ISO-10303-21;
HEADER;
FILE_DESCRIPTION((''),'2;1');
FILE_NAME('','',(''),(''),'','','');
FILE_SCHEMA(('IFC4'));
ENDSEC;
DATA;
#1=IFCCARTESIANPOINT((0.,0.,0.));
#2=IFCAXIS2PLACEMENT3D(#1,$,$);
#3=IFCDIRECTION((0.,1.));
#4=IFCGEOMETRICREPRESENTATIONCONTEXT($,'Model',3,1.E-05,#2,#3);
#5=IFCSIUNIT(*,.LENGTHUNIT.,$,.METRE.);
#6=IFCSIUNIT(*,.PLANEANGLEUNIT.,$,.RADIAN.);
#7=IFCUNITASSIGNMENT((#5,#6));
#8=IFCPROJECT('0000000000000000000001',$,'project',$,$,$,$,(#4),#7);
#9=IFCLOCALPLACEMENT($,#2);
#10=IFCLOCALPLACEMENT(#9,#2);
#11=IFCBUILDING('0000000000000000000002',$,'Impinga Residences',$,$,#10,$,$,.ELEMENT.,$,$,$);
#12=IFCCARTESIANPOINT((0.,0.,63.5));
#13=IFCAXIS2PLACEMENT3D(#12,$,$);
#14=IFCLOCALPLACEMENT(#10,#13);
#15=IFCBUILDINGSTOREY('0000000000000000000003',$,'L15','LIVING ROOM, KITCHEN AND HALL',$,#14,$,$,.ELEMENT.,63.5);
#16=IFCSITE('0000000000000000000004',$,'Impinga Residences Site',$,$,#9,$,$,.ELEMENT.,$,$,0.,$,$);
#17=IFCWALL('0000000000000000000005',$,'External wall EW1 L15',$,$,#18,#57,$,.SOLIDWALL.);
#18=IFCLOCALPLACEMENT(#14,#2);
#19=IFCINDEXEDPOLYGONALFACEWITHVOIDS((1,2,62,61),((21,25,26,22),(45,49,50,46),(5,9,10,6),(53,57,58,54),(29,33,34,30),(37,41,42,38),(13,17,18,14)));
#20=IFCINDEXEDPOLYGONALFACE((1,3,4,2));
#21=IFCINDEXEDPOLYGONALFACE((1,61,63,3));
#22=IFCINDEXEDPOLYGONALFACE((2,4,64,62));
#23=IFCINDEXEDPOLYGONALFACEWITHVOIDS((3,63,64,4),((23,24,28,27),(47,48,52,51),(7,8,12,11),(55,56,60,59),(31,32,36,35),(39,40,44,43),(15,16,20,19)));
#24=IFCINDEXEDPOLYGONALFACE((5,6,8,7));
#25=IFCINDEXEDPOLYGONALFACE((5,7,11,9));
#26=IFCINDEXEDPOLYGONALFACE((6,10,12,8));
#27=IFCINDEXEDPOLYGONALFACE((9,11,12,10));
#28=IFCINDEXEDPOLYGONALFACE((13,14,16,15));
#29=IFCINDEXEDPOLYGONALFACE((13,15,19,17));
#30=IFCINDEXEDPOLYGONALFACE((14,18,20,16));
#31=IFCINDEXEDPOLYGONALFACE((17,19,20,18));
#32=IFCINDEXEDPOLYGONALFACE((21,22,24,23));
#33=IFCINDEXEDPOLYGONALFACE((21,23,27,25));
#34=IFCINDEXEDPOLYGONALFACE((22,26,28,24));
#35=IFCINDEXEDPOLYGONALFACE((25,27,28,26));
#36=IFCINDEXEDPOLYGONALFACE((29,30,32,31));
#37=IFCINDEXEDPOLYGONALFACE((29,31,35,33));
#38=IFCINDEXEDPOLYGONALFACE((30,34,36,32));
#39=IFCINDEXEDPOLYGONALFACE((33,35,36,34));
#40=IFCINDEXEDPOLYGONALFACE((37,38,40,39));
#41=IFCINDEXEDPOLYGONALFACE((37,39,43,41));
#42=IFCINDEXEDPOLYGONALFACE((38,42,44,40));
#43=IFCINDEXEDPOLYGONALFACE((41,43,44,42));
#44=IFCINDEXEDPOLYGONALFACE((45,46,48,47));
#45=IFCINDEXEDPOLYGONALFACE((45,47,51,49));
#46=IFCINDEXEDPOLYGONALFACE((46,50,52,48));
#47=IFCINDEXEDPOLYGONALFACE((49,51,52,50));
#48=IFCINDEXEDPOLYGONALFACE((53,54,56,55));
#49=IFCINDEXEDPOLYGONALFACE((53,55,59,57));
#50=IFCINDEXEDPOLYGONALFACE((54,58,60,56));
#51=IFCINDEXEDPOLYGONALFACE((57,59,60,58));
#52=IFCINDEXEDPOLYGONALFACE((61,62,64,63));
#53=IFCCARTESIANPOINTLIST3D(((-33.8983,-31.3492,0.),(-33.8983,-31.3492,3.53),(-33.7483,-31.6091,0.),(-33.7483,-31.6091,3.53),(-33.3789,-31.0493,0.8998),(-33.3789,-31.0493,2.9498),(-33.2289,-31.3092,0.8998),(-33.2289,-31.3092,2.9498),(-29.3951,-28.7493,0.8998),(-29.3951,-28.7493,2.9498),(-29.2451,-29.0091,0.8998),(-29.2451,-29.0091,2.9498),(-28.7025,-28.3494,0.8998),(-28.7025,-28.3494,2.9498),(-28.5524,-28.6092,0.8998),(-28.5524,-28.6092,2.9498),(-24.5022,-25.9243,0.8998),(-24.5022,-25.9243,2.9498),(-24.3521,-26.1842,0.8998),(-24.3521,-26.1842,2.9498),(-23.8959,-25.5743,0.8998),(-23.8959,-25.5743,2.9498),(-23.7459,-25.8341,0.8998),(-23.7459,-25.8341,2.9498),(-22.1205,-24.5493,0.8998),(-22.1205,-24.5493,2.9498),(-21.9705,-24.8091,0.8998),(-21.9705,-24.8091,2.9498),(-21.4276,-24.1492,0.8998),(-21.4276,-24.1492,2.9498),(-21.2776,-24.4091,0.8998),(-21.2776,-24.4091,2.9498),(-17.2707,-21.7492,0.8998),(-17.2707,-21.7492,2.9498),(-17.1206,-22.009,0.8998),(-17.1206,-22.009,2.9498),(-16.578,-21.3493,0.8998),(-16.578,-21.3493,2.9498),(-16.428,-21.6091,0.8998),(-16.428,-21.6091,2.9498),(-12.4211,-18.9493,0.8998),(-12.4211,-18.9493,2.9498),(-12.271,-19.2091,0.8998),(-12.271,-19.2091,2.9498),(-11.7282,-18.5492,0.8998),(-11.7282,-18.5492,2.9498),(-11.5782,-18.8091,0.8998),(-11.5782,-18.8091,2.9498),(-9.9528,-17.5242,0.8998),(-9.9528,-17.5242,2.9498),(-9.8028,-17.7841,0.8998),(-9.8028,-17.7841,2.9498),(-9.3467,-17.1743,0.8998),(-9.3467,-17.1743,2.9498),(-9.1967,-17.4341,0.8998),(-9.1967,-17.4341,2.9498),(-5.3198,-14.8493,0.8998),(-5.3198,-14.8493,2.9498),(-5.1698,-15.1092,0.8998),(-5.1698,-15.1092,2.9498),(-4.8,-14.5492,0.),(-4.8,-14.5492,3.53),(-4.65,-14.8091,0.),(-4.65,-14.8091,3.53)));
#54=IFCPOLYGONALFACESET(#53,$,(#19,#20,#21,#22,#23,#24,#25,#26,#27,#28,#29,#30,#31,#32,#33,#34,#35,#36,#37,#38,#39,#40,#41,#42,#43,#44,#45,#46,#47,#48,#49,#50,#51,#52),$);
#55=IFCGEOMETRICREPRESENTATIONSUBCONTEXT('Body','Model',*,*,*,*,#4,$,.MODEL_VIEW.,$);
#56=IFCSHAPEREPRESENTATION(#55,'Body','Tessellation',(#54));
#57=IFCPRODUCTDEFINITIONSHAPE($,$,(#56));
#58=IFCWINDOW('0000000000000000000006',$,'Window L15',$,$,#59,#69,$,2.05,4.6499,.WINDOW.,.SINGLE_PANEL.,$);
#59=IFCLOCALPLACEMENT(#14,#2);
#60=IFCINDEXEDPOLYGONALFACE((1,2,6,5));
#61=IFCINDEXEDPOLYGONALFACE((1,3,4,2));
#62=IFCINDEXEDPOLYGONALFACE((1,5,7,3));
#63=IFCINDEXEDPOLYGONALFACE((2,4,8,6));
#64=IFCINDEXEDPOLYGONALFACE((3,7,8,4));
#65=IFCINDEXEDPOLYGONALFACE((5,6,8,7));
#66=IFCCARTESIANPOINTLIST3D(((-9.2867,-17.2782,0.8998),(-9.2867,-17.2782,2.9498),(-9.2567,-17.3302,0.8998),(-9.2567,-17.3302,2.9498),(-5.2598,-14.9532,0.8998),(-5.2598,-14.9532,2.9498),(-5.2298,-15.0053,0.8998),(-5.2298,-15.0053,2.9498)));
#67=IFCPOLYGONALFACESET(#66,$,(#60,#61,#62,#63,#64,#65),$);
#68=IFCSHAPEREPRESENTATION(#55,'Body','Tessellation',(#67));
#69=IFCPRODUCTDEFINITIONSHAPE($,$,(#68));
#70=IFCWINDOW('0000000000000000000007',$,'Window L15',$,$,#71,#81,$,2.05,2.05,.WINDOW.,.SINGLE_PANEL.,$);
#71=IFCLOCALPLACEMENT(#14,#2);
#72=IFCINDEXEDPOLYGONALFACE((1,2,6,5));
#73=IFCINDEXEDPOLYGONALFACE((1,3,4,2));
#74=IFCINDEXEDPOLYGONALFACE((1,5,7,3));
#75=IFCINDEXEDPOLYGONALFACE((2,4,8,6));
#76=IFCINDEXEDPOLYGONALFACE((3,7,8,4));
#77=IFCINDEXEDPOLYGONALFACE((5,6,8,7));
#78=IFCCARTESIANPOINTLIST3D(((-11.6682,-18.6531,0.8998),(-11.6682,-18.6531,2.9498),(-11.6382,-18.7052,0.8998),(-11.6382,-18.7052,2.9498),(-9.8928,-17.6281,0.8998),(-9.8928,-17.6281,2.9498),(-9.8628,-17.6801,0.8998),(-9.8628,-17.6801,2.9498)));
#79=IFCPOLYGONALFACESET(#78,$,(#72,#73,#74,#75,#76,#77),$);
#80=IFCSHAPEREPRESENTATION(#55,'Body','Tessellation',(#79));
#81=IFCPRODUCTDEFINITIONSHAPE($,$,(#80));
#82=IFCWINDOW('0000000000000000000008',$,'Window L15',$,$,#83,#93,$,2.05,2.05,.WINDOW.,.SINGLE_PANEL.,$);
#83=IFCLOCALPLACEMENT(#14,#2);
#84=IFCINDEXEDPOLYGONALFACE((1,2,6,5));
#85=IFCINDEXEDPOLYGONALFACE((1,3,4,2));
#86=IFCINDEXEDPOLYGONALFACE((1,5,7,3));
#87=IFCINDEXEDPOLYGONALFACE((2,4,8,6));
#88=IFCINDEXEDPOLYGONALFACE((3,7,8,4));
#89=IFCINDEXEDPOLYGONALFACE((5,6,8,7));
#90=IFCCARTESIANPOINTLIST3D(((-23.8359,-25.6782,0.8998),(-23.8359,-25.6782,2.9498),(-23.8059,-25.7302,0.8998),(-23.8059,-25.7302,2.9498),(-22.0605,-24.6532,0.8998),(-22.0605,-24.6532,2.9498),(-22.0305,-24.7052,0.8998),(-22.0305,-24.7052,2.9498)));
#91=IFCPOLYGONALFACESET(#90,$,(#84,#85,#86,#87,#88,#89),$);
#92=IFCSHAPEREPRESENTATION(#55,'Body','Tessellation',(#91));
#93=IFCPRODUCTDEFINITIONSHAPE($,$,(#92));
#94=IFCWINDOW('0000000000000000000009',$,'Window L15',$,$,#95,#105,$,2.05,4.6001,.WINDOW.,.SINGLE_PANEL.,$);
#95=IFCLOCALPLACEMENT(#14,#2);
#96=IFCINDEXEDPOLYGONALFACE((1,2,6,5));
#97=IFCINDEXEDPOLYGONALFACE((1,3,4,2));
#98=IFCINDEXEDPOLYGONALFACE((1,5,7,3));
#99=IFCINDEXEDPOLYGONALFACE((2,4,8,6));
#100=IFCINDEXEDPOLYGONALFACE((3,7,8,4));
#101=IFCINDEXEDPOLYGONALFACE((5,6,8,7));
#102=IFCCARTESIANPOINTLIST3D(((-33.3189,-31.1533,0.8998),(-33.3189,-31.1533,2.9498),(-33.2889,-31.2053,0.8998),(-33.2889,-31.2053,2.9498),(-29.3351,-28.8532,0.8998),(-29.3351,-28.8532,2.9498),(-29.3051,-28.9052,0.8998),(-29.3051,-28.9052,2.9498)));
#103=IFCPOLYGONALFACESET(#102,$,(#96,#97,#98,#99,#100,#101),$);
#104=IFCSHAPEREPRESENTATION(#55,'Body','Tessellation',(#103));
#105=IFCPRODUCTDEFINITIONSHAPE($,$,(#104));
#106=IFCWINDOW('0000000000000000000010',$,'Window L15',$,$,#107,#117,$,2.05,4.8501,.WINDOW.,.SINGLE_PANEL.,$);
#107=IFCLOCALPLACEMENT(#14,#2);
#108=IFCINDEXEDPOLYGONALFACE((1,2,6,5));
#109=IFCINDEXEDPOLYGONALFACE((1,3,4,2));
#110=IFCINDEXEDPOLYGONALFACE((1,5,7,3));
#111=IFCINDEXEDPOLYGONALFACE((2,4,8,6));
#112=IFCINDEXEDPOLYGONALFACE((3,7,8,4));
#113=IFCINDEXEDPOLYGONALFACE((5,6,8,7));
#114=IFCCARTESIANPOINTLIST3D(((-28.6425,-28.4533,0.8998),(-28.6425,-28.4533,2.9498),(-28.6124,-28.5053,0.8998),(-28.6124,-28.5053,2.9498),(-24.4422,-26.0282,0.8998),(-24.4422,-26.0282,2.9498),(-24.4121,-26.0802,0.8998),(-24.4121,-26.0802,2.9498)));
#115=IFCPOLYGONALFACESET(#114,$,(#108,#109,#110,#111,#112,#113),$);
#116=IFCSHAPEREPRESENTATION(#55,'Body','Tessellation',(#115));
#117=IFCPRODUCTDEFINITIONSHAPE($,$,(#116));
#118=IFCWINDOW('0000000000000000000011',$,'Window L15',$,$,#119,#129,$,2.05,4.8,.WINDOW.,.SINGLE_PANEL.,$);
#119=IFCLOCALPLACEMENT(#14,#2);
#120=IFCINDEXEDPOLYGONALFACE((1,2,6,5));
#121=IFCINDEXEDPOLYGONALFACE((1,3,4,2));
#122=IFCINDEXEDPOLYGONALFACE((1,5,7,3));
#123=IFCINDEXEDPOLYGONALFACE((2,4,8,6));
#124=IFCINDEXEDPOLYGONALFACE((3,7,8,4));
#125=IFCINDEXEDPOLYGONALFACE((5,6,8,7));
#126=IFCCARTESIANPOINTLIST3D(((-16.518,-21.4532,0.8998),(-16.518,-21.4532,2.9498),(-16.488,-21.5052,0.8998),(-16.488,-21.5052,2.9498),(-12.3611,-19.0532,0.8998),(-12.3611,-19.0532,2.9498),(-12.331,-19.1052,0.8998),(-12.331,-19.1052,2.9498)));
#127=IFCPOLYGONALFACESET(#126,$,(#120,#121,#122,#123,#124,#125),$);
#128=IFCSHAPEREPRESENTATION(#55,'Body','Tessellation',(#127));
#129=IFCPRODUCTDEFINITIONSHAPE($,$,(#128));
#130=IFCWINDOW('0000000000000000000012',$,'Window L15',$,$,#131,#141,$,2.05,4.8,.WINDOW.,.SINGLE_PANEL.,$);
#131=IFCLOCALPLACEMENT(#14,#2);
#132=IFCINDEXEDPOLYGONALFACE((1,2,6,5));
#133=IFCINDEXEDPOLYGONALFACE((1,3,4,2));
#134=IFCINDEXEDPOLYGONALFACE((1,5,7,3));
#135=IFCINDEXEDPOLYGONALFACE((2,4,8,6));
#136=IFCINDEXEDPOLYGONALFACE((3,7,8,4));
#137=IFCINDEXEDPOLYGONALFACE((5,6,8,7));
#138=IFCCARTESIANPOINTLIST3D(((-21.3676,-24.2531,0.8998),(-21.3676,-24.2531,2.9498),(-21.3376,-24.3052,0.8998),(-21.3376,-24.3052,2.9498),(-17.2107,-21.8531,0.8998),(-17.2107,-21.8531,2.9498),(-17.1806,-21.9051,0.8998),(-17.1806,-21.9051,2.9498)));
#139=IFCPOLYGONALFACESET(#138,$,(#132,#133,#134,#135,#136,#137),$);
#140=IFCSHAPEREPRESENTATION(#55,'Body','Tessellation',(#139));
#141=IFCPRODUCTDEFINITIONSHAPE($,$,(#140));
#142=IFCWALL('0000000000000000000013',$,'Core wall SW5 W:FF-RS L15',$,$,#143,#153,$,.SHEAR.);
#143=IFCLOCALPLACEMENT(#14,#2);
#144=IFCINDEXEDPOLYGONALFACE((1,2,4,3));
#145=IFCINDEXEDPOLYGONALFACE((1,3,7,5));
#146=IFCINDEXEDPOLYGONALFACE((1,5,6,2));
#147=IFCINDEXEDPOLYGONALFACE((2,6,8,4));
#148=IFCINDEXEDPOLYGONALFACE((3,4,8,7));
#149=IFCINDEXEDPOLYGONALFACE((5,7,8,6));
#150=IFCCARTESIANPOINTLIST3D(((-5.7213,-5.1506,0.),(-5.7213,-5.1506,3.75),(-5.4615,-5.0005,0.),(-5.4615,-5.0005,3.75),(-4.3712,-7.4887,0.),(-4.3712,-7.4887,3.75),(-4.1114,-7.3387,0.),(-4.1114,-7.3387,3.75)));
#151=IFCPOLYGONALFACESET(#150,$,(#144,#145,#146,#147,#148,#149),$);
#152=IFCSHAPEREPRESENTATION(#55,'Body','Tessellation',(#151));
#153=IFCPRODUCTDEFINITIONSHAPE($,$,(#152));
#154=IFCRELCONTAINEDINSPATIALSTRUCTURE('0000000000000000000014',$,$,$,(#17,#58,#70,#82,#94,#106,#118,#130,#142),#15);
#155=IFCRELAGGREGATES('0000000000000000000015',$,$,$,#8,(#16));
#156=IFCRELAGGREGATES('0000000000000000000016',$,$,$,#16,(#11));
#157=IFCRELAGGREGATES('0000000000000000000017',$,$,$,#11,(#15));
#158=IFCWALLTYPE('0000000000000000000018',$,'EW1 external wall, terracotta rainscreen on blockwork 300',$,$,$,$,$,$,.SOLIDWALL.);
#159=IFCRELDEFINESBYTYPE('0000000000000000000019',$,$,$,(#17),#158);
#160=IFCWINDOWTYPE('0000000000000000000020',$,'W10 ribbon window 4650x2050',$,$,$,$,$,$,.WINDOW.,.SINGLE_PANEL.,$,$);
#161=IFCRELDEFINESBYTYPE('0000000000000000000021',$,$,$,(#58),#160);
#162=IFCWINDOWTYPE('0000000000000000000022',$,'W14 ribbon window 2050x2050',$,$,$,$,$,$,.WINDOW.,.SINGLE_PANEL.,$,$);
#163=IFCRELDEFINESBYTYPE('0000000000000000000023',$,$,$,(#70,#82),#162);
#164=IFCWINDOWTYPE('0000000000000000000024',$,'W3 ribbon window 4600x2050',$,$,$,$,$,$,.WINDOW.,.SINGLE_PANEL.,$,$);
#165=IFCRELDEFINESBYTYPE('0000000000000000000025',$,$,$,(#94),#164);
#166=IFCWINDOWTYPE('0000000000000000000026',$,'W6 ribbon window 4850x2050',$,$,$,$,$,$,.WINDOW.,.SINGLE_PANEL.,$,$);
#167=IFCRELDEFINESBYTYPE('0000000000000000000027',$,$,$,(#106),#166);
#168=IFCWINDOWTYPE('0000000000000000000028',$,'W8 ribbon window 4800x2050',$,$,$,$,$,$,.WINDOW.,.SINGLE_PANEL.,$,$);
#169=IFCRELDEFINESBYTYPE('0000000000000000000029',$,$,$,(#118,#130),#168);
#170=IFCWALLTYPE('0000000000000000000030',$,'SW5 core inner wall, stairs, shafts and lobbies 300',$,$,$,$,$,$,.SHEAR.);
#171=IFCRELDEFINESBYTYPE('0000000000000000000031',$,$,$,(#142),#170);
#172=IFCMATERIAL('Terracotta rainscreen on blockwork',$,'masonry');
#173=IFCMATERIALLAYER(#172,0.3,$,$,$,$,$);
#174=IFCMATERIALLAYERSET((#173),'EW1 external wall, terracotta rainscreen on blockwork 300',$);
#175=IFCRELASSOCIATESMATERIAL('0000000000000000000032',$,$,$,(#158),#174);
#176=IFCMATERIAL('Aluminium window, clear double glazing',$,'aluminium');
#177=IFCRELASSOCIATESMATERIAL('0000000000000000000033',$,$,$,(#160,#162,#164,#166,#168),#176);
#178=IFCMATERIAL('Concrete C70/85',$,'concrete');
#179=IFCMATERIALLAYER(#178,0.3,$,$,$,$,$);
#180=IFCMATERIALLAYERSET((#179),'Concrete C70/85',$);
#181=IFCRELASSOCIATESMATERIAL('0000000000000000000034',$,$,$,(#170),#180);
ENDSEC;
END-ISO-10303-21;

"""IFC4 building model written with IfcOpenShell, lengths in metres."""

from ifc_helpers import new_model, si_unit, direction, frame, frame_2d, origin, place, context, subcontext, project, spatial, rectangle, extrude, material, layer, layer_set, type_object, element, fill, save


model = new_model("IFC4")

# Units and contexts
model_context = context("Model", 3, precision=1e-05, world=origin(), true_north=direction((0.0, 1.0)))
body_context = subcontext(model_context, "Body", "Model", "MODEL_VIEW")
ifc_project = project(units=[si_unit("LENGTHUNIT", "METRE"), si_unit("PLANEANGLEUNIT", "RADIAN")], contexts=[model_context])

# Site, building, storey
site_placement = place(None, origin())
site = spatial("IfcSite", under=ifc_project, at=site_placement, Name="Impinga Residences Site", CompositionType="ELEMENT", RefElevation=0.0)
building_placement = place(site_placement, origin())
building = spatial("IfcBuilding", under=site, at=building_placement, Name="Impinga Residences", CompositionType="ELEMENT")
storey_placement = place(building_placement, frame((0.0, 0.0, 63.5)))
storey = spatial("IfcBuildingStorey", under=building, at=storey_placement, Name="L15", Description="LIVING ROOM, KITCHEN AND HALL", CompositionType="ELEMENT", Elevation=63.5)

# Shared definitions
ifc_material_1 = material(Name="Concrete C70/85", Category="concrete")

# Shared definitions
ifc_material_2 = material(Name="Terracotta rainscreen on blockwork", Category="masonry")
ifc_layer_1 = layer(ifc_material_2, 0.3)
ifc_layer_set_1 = layer_set([ifc_layer_1], Name="EW1 external wall, terracotta rainscreen on blockwork 300")
wall_type_1 = type_object("IfcWallType", Name="EW1 external wall, terracotta rainscreen on blockwork 300", PredefinedType="SOLIDWALL", material=ifc_layer_set_1)

# Wall, openings, windows
wall_1_placement = place(storey_placement, frame((-4.7251, -14.6792, 0.0), z_axis=(0.0, 0.0, 1.0), x_axis=(-0.866024, -0.500002, 0.0)))
wall_1 = element("IfcWall", 1, at=wall_1_placement, inside=storey, type_object=wall_type_1, Name="External wall EW1 L15", PredefinedType="SOLIDWALL", context=body_context, shape_type="SweptSolid", body=[
    extrude(rectangle(XDim=33.5999, YDim=0.3, at=frame_2d((16.7998, 0.0))), origin(), (0.0, 0.0, 1.0), 3.53),
])
opening_1_placement = place(wall_1_placement, frame((0.6001, 0.0, 0.8999)))
opening_1 = element("IfcOpeningElement", 2, at=opening_1_placement, cuts=wall_1, PredefinedType="OPENING", context=body_context, shape_type="SweptSolid", body=[
    extrude(rectangle(XDim=4.6499, YDim=2.05, at=frame_2d((2.325, 1.0249))), frame((0.0, 0.1599, 0.0), z_axis=(0.0, -1.0, 0.0), x_axis=(1.0, 0.0, 0.0)), (0.0, 0.0, 1.0), 0.3201),
])
opening_2_placement = place(wall_1_placement, frame((5.95, 0.0, 0.8999)))
opening_2 = element("IfcOpeningElement", 3, at=opening_2_placement, cuts=wall_1, PredefinedType="OPENING", context=body_context, shape_type="SweptSolid", body=[
    extrude(rectangle(XDim=2.05, YDim=2.05, at=frame_2d((1.0249, 1.0249))), frame((0.0, 0.1599, 0.0), z_axis=(0.0, -1.0, 0.0), x_axis=(1.0, 0.0, 0.0)), (0.0, 0.0, 1.0), 0.3201),
])
opening_3_placement = place(wall_1_placement, frame((8.8, 0.0, 0.8999)))
opening_3 = element("IfcOpeningElement", 4, at=opening_3_placement, cuts=wall_1, PredefinedType="OPENING", context=body_context, shape_type="SweptSolid", body=[
    extrude(rectangle(XDim=4.8, YDim=2.05, at=frame_2d((2.3999, 1.0249))), frame((0.0, 0.1599, 0.0), z_axis=(0.0, -1.0, 0.0), x_axis=(1.0, 0.0, 0.0)), (0.0, 0.0, 1.0), 0.3201),
])
opening_4_placement = place(wall_1_placement, frame((14.3999, 0.0, 0.8999)))
opening_4 = element("IfcOpeningElement", 5, at=opening_4_placement, cuts=wall_1, PredefinedType="OPENING", context=body_context, shape_type="SweptSolid", body=[
    extrude(rectangle(XDim=4.8, YDim=2.05, at=frame_2d((2.3999, 1.0249))), frame((0.0, 0.1599, 0.0), z_axis=(0.0, -1.0, 0.0), x_axis=(1.0, 0.0, 0.0)), (0.0, 0.0, 1.0), 0.3201),
])
opening_5_placement = place(wall_1_placement, frame((20.0, 0.0, 0.8999)))
opening_5 = element("IfcOpeningElement", 6, at=opening_5_placement, cuts=wall_1, PredefinedType="OPENING", context=body_context, shape_type="SweptSolid", body=[
    extrude(rectangle(XDim=2.05, YDim=2.05, at=frame_2d((1.0249, 1.0249))), frame((0.0, 0.1599, 0.0), z_axis=(0.0, -1.0, 0.0), x_axis=(1.0, 0.0, 0.0)), (0.0, 0.0, 1.0), 0.3201),
])
opening_6_placement = place(wall_1_placement, frame((22.75, 0.0, 0.8999)))
opening_6 = element("IfcOpeningElement", 7, at=opening_6_placement, cuts=wall_1, PredefinedType="OPENING", context=body_context, shape_type="SweptSolid", body=[
    extrude(rectangle(XDim=4.8501, YDim=2.05, at=frame_2d((2.425, 1.0249))), frame((0.0, 0.1599, 0.0), z_axis=(0.0, -1.0, 0.0), x_axis=(1.0, 0.0, 0.0)), (0.0, 0.0, 1.0), 0.3201),
])
opening_7_placement = place(wall_1_placement, frame((28.3999, 0.0, 0.8999)))
opening_7 = element("IfcOpeningElement", 8, at=opening_7_placement, cuts=wall_1, PredefinedType="OPENING", context=body_context, shape_type="SweptSolid", body=[
    extrude(rectangle(XDim=4.6001, YDim=2.05, at=frame_2d((2.3, 1.0249))), frame((0.0, 0.1599, 0.0), z_axis=(0.0, -1.0, 0.0), x_axis=(1.0, 0.0, 0.0)), (0.0, 0.0, 1.0), 0.3201),
])
ifc_material_3 = material(Name="Aluminium window, clear double glazing", Category="aluminium")
window_type_1 = type_object("IfcWindowType", Name="W10 ribbon window 4650x2050", PartitioningType="SINGLE_PANEL", PredefinedType="WINDOW", material=ifc_material_3)
window_1_placement = place(opening_1_placement, origin())
window_1 = element("IfcWindow", 9, at=window_1_placement, inside=storey, type_object=window_type_1, Name="Window L15", OverallHeight=2.05, OverallWidth=4.6499, PartitioningType="SINGLE_PANEL", PredefinedType="WINDOW", context=body_context, shape_type="SweptSolid", body=[
    extrude(rectangle(XDim=4.6499, YDim=2.05, at=frame_2d((2.325, 1.0249))), frame((0.0, 0.03, 0.0), z_axis=(0.0, -1.0, 0.0), x_axis=(1.0, 0.0, 0.0)), (0.0, 0.0, 1.0), 0.0601),
])
fill(opening_1, window_1)
window_type_2 = type_object("IfcWindowType", Name="W14 ribbon window 2050x2050", PartitioningType="SINGLE_PANEL", PredefinedType="WINDOW", material=ifc_material_3)
window_2_placement = place(opening_2_placement, origin())
window_2 = element("IfcWindow", 10, at=window_2_placement, inside=storey, type_object=window_type_2, Name="Window L15", OverallHeight=2.05, OverallWidth=2.05, PartitioningType="SINGLE_PANEL", PredefinedType="WINDOW", context=body_context, shape_type="SweptSolid", body=[
    extrude(rectangle(XDim=2.05, YDim=2.05, at=frame_2d((1.0249, 1.0249))), frame((0.0, 0.03, 0.0), z_axis=(0.0, -1.0, 0.0), x_axis=(1.0, 0.0, 0.0)), (0.0, 0.0, 1.0), 0.0601),
])
fill(opening_2, window_2)
window_3_placement = place(opening_5_placement, origin())
window_3 = element("IfcWindow", 11, at=window_3_placement, inside=storey, type_object=window_type_2, Name="Window L15", OverallHeight=2.05, OverallWidth=2.05, PartitioningType="SINGLE_PANEL", PredefinedType="WINDOW", context=body_context, shape_type="SweptSolid", body=[
    extrude(rectangle(XDim=2.05, YDim=2.05, at=frame_2d((1.0249, 1.0249))), frame((0.0, 0.03, 0.0), z_axis=(0.0, -1.0, 0.0), x_axis=(1.0, 0.0, 0.0)), (0.0, 0.0, 1.0), 0.0601),
])
fill(opening_5, window_3)
window_type_3 = type_object("IfcWindowType", Name="W3 ribbon window 4600x2050", PartitioningType="SINGLE_PANEL", PredefinedType="WINDOW", material=ifc_material_3)
window_4_placement = place(opening_7_placement, origin())
window_4 = element("IfcWindow", 12, at=window_4_placement, inside=storey, type_object=window_type_3, Name="Window L15", OverallHeight=2.05, OverallWidth=4.6001, PartitioningType="SINGLE_PANEL", PredefinedType="WINDOW", context=body_context, shape_type="SweptSolid", body=[
    extrude(rectangle(XDim=4.6001, YDim=2.05, at=frame_2d((2.3, 1.0249))), frame((0.0, 0.03, 0.0), z_axis=(0.0, -1.0, 0.0), x_axis=(1.0, 0.0, 0.0)), (0.0, 0.0, 1.0), 0.0601),
])
fill(opening_7, window_4)
window_type_4 = type_object("IfcWindowType", Name="W6 ribbon window 4850x2050", PartitioningType="SINGLE_PANEL", PredefinedType="WINDOW", material=ifc_material_3)
window_5_placement = place(opening_6_placement, origin())
window_5 = element("IfcWindow", 13, at=window_5_placement, inside=storey, type_object=window_type_4, Name="Window L15", OverallHeight=2.05, OverallWidth=4.8501, PartitioningType="SINGLE_PANEL", PredefinedType="WINDOW", context=body_context, shape_type="SweptSolid", body=[
    extrude(rectangle(XDim=4.8501, YDim=2.05, at=frame_2d((2.425, 1.0249))), frame((0.0, 0.03, 0.0), z_axis=(0.0, -1.0, 0.0), x_axis=(1.0, 0.0, 0.0)), (0.0, 0.0, 1.0), 0.0601),
])
fill(opening_6, window_5)
window_type_5 = type_object("IfcWindowType", Name="W8 ribbon window 4800x2050", PartitioningType="SINGLE_PANEL", PredefinedType="WINDOW", material=ifc_material_3)
window_6_placement = place(opening_3_placement, origin())
window_6 = element("IfcWindow", 14, at=window_6_placement, inside=storey, type_object=window_type_5, Name="Window L15", OverallHeight=2.05, OverallWidth=4.8, PartitioningType="SINGLE_PANEL", PredefinedType="WINDOW", context=body_context, shape_type="SweptSolid", body=[
    extrude(rectangle(XDim=4.8, YDim=2.05, at=frame_2d((2.3999, 1.0249))), frame((0.0, 0.03, 0.0), z_axis=(0.0, -1.0, 0.0), x_axis=(1.0, 0.0, 0.0)), (0.0, 0.0, 1.0), 0.0601),
])
fill(opening_3, window_6)
window_7_placement = place(opening_4_placement, origin())
window_7 = element("IfcWindow", 15, at=window_7_placement, inside=storey, type_object=window_type_5, Name="Window L15", OverallHeight=2.05, OverallWidth=4.8, PartitioningType="SINGLE_PANEL", PredefinedType="WINDOW", context=body_context, shape_type="SweptSolid", body=[
    extrude(rectangle(XDim=4.8, YDim=2.05, at=frame_2d((2.3999, 1.0249))), frame((0.0, 0.03, 0.0), z_axis=(0.0, -1.0, 0.0), x_axis=(1.0, 0.0, 0.0)), (0.0, 0.0, 1.0), 0.0601),
])
fill(opening_4, window_7)

# Wall
ifc_layer_2 = layer(ifc_material_1, 0.3)
ifc_layer_set_2 = layer_set([ifc_layer_2], Name="Concrete C70/85")
wall_type_2 = type_object("IfcWallType", Name="SW5 core inner wall, stairs, shafts and lobbies 300", PredefinedType="SHEAR", material=ifc_layer_set_2)
wall_2_placement = place(storey_placement, frame((-4.2412, -7.4138, 0.0), z_axis=(0.0, 0.0, 1.0), x_axis=(-0.500049, 0.865997, 0.0)))
element("IfcWall", 16, at=wall_2_placement, inside=storey, type_object=wall_type_2, Name="Core wall SW5 W:FF-RS L15", PredefinedType="SHEAR", context=body_context, shape_type="SweptSolid", body=[
    extrude(rectangle(XDim=2.7, YDim=0.3, at=frame_2d((1.3501, 0.0))), origin(), (0.0, 0.0, 1.0), 3.75),
])

save(model, "model.ifc")
